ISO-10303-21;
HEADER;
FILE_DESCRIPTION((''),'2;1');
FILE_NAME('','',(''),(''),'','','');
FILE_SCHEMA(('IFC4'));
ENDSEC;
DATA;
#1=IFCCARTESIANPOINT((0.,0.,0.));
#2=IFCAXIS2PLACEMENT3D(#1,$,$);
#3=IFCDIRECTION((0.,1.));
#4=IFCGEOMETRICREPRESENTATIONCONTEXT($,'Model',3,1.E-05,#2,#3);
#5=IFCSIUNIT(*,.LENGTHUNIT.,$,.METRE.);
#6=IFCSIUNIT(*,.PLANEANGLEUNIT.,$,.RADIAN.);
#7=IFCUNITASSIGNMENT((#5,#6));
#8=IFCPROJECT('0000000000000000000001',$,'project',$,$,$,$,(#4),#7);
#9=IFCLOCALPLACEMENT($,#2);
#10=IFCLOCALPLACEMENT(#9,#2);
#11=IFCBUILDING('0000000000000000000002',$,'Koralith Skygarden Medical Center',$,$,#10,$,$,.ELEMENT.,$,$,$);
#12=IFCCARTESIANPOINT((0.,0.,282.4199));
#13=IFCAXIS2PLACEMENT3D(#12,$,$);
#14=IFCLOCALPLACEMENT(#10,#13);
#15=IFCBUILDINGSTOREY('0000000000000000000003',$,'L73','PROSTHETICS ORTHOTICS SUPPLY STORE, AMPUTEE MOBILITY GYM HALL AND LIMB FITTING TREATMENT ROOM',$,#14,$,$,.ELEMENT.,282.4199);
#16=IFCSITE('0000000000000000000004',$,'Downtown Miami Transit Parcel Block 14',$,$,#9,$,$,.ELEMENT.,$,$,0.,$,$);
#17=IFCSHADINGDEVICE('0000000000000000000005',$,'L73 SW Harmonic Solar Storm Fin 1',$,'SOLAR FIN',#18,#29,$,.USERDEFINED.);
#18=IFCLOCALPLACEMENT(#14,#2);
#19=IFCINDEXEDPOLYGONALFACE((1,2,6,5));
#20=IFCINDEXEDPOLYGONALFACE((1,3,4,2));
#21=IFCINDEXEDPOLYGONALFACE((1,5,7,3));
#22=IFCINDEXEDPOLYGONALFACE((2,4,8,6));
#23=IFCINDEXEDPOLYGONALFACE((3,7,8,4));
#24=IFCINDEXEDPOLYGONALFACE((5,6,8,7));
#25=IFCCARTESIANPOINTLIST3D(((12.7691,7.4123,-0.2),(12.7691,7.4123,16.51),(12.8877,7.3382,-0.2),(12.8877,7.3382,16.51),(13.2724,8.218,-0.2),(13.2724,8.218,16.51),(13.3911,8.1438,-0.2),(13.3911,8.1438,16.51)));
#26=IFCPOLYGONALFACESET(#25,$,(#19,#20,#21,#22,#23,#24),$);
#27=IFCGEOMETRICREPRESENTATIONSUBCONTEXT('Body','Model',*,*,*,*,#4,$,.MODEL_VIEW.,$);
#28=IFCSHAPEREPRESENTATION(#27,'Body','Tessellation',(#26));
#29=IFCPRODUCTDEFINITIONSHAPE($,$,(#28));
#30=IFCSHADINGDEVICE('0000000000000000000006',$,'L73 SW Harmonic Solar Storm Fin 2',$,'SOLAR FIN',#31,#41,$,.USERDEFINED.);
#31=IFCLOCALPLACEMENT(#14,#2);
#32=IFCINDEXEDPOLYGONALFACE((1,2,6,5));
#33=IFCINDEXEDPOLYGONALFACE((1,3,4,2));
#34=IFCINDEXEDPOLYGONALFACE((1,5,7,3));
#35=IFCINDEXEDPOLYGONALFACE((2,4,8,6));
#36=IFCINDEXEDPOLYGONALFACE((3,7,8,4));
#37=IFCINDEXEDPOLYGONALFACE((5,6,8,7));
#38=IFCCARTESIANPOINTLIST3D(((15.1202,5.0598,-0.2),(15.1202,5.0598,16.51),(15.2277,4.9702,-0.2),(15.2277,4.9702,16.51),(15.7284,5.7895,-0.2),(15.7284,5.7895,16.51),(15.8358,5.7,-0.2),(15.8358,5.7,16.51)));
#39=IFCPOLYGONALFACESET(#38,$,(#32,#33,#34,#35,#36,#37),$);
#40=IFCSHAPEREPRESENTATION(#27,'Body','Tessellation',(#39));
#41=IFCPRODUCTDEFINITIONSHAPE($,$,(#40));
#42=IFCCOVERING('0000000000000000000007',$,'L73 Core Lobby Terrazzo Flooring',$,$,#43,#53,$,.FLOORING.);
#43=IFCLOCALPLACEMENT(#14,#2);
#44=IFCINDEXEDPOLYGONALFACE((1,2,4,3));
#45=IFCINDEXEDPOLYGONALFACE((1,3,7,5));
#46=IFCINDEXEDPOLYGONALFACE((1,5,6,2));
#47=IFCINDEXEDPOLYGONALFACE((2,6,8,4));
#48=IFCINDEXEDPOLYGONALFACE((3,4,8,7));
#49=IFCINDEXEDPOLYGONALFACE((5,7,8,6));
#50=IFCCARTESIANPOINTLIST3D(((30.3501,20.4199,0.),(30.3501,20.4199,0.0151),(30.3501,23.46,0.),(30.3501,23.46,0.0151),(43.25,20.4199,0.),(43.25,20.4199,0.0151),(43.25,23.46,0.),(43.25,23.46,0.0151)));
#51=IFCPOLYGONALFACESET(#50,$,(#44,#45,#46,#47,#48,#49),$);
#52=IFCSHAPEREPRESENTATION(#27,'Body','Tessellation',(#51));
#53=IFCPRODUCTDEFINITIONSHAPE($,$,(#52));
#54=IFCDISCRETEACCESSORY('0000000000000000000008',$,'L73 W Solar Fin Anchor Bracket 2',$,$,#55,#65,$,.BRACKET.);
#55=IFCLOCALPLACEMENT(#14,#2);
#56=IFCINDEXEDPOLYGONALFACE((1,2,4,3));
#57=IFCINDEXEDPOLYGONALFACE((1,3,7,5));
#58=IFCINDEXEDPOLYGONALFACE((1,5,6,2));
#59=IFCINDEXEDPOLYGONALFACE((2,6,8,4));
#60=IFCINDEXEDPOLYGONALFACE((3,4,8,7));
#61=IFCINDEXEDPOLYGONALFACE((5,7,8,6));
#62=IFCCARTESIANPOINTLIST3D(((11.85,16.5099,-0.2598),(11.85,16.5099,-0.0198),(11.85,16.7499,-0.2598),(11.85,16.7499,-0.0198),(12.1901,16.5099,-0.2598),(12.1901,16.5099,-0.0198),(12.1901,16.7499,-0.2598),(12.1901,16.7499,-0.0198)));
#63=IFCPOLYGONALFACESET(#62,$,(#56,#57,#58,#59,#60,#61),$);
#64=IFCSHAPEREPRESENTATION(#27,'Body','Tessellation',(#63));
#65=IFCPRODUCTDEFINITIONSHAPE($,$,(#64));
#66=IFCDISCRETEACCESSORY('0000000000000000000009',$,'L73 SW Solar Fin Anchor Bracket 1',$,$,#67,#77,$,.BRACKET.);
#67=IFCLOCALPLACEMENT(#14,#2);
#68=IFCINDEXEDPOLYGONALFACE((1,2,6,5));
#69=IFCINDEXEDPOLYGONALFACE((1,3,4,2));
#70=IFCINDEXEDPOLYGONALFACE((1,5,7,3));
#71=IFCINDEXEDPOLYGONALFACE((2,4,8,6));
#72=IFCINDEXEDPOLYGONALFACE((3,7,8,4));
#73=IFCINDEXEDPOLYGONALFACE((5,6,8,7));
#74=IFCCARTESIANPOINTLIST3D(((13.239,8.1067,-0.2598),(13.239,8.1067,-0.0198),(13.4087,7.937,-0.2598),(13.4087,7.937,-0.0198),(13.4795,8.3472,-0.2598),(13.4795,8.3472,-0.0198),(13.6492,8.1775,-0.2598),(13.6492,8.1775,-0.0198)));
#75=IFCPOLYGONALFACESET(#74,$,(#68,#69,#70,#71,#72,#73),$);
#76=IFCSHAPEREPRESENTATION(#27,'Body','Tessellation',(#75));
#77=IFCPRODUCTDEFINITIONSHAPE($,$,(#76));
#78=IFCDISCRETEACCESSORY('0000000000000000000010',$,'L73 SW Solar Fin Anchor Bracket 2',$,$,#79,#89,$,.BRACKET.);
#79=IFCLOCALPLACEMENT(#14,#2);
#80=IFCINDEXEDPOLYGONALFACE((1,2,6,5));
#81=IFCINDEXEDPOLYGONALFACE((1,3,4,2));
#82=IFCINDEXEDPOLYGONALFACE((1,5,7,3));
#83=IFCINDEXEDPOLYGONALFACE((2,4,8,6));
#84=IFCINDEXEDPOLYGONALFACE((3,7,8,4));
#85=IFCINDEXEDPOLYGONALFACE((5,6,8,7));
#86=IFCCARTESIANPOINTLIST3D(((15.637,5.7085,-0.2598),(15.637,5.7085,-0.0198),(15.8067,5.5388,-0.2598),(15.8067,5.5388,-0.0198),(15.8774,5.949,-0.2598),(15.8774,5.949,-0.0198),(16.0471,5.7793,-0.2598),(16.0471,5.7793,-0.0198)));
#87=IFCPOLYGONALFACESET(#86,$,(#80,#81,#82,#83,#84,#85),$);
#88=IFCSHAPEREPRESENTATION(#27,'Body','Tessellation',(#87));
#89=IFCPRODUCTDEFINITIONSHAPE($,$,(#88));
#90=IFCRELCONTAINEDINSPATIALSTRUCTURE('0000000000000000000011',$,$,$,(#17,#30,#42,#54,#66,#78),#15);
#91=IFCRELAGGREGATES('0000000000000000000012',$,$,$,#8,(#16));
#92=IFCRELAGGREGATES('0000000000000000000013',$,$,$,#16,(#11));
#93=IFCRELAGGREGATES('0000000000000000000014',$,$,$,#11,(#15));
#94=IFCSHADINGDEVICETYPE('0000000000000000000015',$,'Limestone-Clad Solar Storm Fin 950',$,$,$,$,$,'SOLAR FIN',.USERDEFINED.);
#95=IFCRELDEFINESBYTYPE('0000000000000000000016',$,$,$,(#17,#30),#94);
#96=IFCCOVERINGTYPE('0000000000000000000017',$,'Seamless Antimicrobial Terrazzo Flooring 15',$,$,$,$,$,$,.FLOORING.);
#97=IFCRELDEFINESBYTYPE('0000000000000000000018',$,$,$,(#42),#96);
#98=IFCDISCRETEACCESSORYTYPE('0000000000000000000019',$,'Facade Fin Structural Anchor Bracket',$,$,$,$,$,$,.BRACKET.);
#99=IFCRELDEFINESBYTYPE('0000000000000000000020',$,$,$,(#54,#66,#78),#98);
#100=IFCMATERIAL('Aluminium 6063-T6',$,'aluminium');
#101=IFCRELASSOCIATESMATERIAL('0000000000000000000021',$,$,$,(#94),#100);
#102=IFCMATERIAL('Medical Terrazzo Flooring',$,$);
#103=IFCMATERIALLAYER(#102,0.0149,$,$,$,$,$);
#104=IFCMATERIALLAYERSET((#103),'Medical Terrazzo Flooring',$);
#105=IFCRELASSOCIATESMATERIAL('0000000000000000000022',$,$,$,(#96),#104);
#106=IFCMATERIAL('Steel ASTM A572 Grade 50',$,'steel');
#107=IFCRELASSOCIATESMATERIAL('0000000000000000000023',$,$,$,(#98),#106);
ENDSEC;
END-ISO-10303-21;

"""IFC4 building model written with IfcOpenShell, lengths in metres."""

from ifc_helpers import new_model, si_unit, direction, frame, origin, origin_2d, place, context, subcontext, project, spatial, polyline, rectangle, outline, extrude, material, layer, layer_set, type_object, element, save


model = new_model("IFC4")

# Units and contexts
model_context = context("Model", 3, precision=1e-05, world=origin(), true_north=direction((0.0, 1.0)))
body_context = subcontext(model_context, "Body", "Model", "MODEL_VIEW")
ifc_project = project(units=[si_unit("LENGTHUNIT", "METRE"), si_unit("PLANEANGLEUNIT", "RADIAN")], contexts=[model_context])

# Site, building, storey
site_placement = place(None, origin())
site = spatial("IfcSite", under=ifc_project, at=site_placement, Name="Downtown Miami Transit Parcel Block 14", CompositionType="ELEMENT", RefElevation=0.0)
building_placement = place(site_placement, origin())
building = spatial("IfcBuilding", under=site, at=building_placement, Name="Koralith Skygarden Medical Center", CompositionType="ELEMENT")
storey_placement = place(building_placement, frame((0.0, 0.0, 282.4199)))
storey = spatial("IfcBuildingStorey", under=building, at=storey_placement, Name="L73", Description="PROSTHETICS ORTHOTICS SUPPLY STORE, AMPUTEE MOBILITY GYM HALL AND LIMB FITTING TREATMENT ROOM", CompositionType="ELEMENT", Elevation=282.4199)

# Shared definitions
ifc_material_1 = material(Name="Aluminium 6063-T6", Category="aluminium")

# Shading devices
shading_device_type = type_object("IfcShadingDeviceType", Name="Limestone-Clad Solar Storm Fin 950", ElementType="SOLAR FIN", PredefinedType="USERDEFINED", material=ifc_material_1)
for number, where, z_axis, x_axis, name in (
    (1, (13.0801, 7.7781, -0.2), (0.0, 0.0, 1.0), (-0.52983, -0.848104, 0.0), "L73 SW Harmonic Solar Storm Fin 1"),
    (2, (15.478, 5.3799, -0.2), (0.0, 0.0, 1.0), (-0.640217, -0.768194, 0.0), "L73 SW Harmonic Solar Storm Fin 2"),
):
    element("IfcShadingDevice", number, at=place(storey_placement, frame(where, z_axis=z_axis, x_axis=x_axis)), inside=storey, type_object=shading_device_type, Name=name, ObjectType="SOLAR FIN", PredefinedType="USERDEFINED", context=body_context, shape_type="SweptSolid", body=[
        extrude(rectangle(XDim=0.95, YDim=0.1399, at=origin_2d()), origin(), (0.0, 0.0, 1.0), 16.71),
    ])

# Covering
ifc_material_2 = material(Name="Medical Terrazzo Flooring")
ifc_layer_1 = layer(ifc_material_2, 0.0149)
ifc_layer_set_1 = layer_set([ifc_layer_1], Name="Medical Terrazzo Flooring")
covering_type_1 = type_object("IfcCoveringType", Name="Seamless Antimicrobial Terrazzo Flooring 15", PredefinedType="FLOORING", material=ifc_layer_set_1)
covering_1_placement = place(storey_placement, origin())
element("IfcCovering", 3, at=covering_1_placement, inside=storey, type_object=covering_type_1, Name="L73 Core Lobby Terrazzo Flooring", PredefinedType="FLOORING", context=body_context, shape_type="SweptSolid", body=[
    extrude(outline(polyline([(30.3501, 20.4199), (43.25, 20.4199), (43.25, 23.46), (30.3501, 23.46), (30.3501, 20.4199)])), origin(), (0.0, 0.0, 1.0), 0.0151),
])

# Discrete accessories
ifc_material_3 = material(Name="Steel ASTM A572 Grade 50", Category="steel")
discrete_accessory_type = type_object("IfcDiscreteAccessoryType", Name="Facade Fin Structural Anchor Bracket", PredefinedType="BRACKET", material=ifc_material_3)
for number, where, z_axis, x_axis, name in (
    (4, (12.02, 16.6299, -0.2598), (0.0, 0.0, 1.0), (-1.0, 0.0, 0.0), "L73 W Solar Fin Anchor Bracket 2"),
    (5, (13.4441, 8.1421, -0.2598), (0.0, 0.0, 1.0), (-0.707107, -0.707107, 0.0), "L73 SW Solar Fin Anchor Bracket 1"),
    (6, (15.842, 5.7439, -0.2598), (0.0, 0.0, 1.0), (-0.707107, -0.707107, 0.0), "L73 SW Solar Fin Anchor Bracket 2"),
):
    element("IfcDiscreteAccessory", number, at=place(storey_placement, frame(where, z_axis=z_axis, x_axis=x_axis)), inside=storey, type_object=discrete_accessory_type, Name=name, PredefinedType="BRACKET", context=body_context, shape_type="SweptSolid", body=[
        extrude(rectangle(XDim=0.3401, YDim=0.24, at=origin_2d()), origin(), (0.0, 0.0, 1.0), 0.24),
    ])

save(model, "model.ifc")
